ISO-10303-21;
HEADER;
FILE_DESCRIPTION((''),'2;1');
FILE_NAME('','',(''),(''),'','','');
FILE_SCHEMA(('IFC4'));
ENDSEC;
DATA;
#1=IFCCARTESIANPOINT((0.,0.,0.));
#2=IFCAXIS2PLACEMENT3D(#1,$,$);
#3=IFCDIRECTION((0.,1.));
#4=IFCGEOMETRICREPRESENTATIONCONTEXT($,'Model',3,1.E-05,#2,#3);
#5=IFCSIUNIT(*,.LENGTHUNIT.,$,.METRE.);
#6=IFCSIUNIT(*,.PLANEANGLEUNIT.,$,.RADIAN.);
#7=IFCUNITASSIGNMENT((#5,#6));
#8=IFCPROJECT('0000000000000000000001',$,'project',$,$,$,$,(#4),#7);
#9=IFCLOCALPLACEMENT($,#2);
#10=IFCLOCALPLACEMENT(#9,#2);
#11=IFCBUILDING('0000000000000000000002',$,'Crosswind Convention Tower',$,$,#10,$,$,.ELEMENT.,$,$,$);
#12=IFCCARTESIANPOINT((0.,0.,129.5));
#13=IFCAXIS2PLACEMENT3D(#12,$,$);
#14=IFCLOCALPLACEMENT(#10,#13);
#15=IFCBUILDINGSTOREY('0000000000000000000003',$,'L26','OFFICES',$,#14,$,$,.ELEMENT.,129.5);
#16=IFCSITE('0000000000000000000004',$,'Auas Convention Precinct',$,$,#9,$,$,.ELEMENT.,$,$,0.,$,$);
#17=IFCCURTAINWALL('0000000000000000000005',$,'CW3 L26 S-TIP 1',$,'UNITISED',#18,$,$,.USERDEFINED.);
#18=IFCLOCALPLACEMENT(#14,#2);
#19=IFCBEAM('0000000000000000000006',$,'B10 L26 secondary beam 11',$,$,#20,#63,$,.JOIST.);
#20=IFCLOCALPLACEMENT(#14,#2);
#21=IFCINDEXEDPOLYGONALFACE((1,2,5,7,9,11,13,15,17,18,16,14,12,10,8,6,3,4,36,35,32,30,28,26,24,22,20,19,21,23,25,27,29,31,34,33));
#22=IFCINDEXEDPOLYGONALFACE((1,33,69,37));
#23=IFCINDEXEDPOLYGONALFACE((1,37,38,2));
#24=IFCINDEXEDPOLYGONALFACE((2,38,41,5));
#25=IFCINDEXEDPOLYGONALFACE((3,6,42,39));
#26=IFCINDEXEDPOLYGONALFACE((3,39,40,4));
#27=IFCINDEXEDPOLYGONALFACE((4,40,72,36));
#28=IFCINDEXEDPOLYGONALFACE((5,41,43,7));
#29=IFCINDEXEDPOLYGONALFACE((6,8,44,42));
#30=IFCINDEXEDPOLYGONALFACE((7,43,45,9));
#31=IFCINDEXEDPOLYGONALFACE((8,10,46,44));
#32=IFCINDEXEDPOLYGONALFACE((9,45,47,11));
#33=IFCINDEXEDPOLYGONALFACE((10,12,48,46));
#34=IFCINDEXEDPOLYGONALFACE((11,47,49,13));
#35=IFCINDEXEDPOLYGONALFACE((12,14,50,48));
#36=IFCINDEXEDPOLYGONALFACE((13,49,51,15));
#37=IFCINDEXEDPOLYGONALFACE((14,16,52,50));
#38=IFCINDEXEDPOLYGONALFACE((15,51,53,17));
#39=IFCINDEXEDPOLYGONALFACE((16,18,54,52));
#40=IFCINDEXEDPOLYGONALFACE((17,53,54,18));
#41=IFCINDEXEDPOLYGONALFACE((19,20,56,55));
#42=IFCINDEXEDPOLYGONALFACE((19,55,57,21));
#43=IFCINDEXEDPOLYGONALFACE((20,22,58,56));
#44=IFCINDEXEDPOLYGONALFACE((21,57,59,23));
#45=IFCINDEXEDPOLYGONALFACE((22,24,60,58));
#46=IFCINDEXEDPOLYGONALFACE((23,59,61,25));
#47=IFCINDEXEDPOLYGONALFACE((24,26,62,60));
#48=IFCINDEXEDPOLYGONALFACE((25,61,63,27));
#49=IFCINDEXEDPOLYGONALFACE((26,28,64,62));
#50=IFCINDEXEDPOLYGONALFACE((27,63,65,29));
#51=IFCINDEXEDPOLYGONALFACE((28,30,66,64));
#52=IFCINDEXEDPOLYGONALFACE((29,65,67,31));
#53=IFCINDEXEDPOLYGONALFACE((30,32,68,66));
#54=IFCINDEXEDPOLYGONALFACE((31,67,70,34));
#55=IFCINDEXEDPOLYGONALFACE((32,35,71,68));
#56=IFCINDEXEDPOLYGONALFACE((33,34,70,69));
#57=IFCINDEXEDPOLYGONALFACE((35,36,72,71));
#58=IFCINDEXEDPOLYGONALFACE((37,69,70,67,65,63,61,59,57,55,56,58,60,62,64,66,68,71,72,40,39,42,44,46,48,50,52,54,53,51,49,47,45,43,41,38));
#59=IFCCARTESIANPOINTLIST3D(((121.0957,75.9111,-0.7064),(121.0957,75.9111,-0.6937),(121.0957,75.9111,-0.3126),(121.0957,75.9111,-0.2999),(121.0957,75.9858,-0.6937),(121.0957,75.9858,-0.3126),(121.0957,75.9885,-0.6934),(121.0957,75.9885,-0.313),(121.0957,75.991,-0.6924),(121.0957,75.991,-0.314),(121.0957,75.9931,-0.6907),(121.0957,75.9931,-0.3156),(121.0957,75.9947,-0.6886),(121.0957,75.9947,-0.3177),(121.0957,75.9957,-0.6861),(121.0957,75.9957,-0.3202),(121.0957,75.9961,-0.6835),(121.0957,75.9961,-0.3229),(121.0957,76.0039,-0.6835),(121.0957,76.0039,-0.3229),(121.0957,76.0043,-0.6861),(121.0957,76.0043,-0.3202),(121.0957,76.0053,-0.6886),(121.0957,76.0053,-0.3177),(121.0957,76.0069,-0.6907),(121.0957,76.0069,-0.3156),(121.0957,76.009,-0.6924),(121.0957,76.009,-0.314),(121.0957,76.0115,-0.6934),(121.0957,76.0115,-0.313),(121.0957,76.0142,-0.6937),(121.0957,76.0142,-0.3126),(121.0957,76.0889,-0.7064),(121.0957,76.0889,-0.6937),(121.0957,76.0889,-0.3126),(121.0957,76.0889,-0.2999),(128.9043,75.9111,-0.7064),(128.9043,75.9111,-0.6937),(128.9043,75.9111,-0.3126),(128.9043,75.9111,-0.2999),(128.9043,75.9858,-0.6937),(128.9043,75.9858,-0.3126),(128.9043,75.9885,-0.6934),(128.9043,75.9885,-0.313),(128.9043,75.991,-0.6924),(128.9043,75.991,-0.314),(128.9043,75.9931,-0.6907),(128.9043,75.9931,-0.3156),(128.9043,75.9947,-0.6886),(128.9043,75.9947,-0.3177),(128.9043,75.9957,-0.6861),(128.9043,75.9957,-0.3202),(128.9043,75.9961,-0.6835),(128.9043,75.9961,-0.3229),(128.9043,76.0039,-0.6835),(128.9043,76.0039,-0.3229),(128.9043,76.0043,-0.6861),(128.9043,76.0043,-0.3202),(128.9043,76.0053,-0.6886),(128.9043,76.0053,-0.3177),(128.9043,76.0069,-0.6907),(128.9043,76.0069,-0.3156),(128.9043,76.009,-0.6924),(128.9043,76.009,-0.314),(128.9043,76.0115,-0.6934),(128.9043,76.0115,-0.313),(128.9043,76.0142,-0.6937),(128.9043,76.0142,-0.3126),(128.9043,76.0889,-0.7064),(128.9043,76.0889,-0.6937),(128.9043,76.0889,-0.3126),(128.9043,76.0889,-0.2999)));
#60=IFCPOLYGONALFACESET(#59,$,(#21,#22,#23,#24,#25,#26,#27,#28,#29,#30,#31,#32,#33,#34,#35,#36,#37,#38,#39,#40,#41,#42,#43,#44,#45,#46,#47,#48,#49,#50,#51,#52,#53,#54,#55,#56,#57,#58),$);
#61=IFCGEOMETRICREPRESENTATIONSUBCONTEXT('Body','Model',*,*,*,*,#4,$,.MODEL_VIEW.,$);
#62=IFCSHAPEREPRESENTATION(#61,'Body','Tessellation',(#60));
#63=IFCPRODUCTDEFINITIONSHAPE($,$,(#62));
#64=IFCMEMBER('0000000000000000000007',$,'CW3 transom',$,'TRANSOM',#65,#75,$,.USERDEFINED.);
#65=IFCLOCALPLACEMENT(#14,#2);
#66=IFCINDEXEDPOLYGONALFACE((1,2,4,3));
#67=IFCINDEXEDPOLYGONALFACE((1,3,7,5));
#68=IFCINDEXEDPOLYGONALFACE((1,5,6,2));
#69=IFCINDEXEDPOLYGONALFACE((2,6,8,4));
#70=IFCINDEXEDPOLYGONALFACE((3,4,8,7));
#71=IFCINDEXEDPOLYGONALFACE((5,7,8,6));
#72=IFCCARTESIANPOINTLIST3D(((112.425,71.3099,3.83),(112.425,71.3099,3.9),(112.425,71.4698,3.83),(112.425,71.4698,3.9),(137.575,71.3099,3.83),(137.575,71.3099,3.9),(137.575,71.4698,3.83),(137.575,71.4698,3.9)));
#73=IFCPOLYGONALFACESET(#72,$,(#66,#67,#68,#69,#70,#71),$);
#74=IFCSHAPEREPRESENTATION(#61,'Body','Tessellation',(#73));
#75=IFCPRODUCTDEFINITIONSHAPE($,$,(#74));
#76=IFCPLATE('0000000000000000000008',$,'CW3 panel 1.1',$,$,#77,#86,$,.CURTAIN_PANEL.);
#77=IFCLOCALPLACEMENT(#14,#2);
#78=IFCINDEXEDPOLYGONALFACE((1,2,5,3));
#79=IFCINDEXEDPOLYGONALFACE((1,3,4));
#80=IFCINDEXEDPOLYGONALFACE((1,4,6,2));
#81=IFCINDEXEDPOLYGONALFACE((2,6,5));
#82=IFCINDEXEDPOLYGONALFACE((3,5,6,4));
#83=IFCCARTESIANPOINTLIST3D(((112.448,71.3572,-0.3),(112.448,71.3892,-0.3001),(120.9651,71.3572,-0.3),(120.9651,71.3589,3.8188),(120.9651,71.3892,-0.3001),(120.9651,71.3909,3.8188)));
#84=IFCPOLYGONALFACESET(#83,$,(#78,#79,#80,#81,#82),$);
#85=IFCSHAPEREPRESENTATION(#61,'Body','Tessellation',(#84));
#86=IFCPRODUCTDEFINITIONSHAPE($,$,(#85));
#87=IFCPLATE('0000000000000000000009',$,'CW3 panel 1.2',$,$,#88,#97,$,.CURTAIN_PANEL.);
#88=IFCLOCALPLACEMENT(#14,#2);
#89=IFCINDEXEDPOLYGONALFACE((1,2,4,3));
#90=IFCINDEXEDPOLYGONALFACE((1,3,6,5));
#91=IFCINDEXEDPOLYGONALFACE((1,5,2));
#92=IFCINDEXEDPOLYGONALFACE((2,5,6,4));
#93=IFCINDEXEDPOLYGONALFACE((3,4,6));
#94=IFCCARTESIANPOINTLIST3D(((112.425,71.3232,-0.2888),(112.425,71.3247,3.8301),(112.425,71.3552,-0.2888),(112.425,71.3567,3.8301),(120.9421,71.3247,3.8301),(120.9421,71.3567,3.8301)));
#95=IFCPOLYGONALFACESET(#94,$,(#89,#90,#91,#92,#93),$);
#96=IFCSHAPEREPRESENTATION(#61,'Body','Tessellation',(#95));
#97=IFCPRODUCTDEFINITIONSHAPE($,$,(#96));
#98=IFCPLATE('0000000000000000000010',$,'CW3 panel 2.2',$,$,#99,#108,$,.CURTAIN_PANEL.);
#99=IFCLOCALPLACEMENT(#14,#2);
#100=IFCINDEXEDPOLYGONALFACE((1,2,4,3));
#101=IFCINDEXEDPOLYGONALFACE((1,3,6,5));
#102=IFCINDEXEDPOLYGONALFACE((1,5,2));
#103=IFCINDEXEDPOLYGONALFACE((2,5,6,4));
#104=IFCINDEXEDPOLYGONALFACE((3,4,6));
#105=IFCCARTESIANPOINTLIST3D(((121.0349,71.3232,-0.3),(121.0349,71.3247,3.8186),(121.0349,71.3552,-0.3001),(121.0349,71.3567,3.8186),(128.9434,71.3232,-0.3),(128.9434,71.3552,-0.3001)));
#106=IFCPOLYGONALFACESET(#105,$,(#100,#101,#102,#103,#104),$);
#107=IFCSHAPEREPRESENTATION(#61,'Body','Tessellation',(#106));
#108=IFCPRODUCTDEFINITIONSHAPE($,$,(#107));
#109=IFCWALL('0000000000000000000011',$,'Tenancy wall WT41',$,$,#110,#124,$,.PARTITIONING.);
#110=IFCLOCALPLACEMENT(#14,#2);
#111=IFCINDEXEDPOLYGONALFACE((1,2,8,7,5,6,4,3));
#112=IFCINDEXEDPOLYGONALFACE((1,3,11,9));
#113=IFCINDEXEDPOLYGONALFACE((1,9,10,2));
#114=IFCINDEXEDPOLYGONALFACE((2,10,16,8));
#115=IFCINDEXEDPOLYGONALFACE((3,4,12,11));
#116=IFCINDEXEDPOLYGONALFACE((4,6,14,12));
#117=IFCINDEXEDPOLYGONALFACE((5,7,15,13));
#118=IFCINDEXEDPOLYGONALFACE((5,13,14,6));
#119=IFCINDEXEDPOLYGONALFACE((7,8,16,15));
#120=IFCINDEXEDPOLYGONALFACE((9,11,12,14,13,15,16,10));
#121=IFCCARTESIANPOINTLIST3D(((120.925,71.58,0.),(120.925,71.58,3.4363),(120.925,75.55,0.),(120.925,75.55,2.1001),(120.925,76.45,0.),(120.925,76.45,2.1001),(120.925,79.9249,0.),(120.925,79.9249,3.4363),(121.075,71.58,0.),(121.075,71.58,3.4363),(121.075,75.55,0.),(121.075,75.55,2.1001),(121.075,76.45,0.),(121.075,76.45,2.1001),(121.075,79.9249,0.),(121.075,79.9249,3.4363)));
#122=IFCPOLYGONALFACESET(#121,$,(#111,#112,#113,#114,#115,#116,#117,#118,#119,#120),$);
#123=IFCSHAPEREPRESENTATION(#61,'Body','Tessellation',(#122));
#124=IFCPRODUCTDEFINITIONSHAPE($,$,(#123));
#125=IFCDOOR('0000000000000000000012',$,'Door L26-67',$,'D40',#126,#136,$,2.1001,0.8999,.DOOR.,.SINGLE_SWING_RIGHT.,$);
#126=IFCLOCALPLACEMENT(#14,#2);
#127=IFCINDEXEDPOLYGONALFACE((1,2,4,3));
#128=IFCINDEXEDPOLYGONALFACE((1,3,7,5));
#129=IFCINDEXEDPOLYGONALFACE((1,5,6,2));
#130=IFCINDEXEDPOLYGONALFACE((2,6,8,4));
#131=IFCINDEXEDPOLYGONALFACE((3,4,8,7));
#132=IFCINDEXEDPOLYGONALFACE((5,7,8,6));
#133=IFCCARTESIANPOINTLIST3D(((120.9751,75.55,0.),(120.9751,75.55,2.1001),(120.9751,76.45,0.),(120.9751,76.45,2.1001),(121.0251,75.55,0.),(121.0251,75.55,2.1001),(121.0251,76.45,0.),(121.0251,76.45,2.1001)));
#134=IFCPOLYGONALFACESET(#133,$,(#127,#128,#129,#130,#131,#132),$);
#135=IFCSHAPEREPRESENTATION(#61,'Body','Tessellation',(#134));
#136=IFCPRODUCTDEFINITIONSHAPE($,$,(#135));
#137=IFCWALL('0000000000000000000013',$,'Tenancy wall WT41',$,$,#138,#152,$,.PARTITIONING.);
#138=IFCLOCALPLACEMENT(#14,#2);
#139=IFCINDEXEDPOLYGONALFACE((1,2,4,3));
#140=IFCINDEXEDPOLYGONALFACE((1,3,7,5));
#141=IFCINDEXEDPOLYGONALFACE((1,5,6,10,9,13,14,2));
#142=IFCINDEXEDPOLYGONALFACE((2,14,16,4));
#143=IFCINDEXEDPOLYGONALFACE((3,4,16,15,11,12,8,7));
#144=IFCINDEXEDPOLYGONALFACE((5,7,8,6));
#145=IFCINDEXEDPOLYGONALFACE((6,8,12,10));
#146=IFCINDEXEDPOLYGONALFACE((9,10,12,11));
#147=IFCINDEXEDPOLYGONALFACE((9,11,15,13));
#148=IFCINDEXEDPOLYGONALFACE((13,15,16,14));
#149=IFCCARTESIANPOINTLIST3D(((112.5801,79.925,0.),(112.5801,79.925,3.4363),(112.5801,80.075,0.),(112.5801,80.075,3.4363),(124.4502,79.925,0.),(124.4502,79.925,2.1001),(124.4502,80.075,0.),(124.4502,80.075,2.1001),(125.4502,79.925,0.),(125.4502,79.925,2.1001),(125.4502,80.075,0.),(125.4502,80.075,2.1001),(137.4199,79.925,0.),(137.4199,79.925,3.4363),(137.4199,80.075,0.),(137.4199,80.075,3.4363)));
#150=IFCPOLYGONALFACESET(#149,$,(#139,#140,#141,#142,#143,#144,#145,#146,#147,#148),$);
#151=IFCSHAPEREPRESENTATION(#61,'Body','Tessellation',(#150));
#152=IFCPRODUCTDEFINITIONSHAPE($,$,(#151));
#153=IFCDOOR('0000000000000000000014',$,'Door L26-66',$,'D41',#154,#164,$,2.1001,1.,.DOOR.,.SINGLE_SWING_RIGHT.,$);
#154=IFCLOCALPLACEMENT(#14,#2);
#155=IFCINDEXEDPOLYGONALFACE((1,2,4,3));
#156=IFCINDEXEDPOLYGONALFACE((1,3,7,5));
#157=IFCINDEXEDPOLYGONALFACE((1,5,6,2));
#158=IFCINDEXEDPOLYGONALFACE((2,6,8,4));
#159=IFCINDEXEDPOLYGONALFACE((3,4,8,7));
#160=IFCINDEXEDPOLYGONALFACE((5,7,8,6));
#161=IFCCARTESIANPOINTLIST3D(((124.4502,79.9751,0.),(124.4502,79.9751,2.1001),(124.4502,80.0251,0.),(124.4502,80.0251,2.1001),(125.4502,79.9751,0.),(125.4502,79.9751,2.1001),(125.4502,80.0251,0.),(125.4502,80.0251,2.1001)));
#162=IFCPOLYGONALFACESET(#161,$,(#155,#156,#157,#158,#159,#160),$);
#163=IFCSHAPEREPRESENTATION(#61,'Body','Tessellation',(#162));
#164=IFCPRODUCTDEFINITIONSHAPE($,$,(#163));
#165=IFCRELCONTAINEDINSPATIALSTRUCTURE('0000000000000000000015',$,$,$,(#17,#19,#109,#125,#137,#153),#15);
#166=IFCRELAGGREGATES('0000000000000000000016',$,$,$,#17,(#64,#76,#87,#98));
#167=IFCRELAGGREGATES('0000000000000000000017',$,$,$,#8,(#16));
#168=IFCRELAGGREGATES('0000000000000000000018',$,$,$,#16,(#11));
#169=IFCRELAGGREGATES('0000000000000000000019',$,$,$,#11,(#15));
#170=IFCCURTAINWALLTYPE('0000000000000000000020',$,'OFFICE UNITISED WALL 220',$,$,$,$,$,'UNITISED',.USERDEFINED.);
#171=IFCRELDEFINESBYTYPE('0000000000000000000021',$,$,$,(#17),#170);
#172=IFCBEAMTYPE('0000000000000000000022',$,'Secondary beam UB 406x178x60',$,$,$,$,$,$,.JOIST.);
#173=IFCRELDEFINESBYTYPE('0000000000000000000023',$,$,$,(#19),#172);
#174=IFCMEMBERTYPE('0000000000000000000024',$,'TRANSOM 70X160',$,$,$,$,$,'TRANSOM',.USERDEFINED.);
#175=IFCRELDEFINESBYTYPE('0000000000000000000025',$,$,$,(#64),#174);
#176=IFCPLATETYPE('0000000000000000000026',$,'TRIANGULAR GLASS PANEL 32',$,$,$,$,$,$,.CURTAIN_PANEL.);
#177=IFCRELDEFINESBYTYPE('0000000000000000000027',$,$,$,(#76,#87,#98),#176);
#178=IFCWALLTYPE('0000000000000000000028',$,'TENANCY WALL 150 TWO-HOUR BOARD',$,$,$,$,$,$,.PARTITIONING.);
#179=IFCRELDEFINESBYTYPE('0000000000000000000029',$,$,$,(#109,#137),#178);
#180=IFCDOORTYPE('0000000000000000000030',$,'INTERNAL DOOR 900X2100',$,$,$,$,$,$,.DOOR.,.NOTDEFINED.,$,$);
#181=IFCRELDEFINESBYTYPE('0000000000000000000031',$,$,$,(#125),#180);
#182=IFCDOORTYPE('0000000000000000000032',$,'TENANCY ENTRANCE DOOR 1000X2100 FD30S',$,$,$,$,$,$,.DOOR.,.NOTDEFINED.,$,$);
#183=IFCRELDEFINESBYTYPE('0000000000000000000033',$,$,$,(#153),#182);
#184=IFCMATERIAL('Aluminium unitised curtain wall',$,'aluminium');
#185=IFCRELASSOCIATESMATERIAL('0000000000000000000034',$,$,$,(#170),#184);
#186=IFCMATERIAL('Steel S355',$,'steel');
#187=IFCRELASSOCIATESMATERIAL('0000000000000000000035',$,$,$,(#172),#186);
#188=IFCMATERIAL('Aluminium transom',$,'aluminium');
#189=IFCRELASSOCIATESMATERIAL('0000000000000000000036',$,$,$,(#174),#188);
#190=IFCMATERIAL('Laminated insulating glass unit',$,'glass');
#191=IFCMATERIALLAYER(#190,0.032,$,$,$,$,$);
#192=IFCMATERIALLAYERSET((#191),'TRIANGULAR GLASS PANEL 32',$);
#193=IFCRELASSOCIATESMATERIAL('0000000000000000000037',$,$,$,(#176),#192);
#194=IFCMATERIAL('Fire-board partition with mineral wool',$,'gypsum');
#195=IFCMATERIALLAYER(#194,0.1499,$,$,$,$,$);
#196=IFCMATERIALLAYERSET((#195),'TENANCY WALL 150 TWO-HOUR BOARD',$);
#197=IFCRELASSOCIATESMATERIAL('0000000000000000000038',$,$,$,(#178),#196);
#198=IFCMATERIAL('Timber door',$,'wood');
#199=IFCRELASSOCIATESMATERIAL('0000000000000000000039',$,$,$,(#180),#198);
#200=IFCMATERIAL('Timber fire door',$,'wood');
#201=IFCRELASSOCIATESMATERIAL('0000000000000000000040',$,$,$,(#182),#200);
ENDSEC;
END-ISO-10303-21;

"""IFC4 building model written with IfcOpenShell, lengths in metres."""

from ifc_helpers import new_model, si_unit, direction, frame, frame_2d, origin, origin_2d, place, context, subcontext, project, spatial, polyline, rectangle, i_section, outline, extrude, material, layer, layer_set, material_profile, profile_set, type_object, element, fill, aggregate, save


model = new_model("IFC4")

# Units and contexts
model_context = context("Model", 3, precision=1e-05, world=origin(), true_north=direction((0.0, 1.0)))
body_context = subcontext(model_context, "Body", "Model", "MODEL_VIEW")
ifc_project = project(units=[si_unit("LENGTHUNIT", "METRE"), si_unit("PLANEANGLEUNIT", "RADIAN")], contexts=[model_context])

# Site, building, storey
site_placement = place(None, origin())
site = spatial("IfcSite", under=ifc_project, at=site_placement, Name="Auas Convention Precinct", CompositionType="ELEMENT", RefElevation=0.0)
building_placement = place(site_placement, origin())
building = spatial("IfcBuilding", under=site, at=building_placement, Name="Crosswind Convention Tower", CompositionType="ELEMENT")
storey_placement = place(building_placement, frame((0.0, 0.0, 129.5)))
storey = spatial("IfcBuildingStorey", under=building, at=storey_placement, Name="L26", Description="OFFICES", CompositionType="ELEMENT", Elevation=129.5)

# Shared definitions
ifc_material_1 = material(Name="Steel S355", Category="steel")

# Curtain wall
ifc_material_2 = material(Name="Aluminium unitised curtain wall", Category="aluminium")
curtain_wall_type_1 = type_object("IfcCurtainWallType", Name="OFFICE UNITISED WALL 220", ElementType="UNITISED", PredefinedType="USERDEFINED", material=ifc_material_2)
curtain_wall_1_placement = place(storey_placement, origin())
curtain_wall_1 = element("IfcCurtainWall", 1, at=curtain_wall_1_placement, inside=storey, type_object=curtain_wall_type_1, Name="CW3 L26 S-TIP 1", ObjectType="UNITISED", PredefinedType="USERDEFINED")

# Beam
ifc_material_profile_1 = material_profile(ifc_material_1, i_section(OverallWidth=0.1777, OverallDepth=0.4065, WebThickness=0.0078, FlangeThickness=0.0127, FilletRadius=0.0103, at=origin_2d()), Name="UB 406x178x60")
ifc_profile_set_1 = profile_set([ifc_material_profile_1], Name="Steel S355")
beam_type_1 = type_object("IfcBeamType", Name="Secondary beam UB 406x178x60", PredefinedType="JOIST", material=ifc_profile_set_1)
beam_1_placement = place(storey_placement, frame((121.0957, 76.0, -0.5032), z_axis=(1.0, 0.0, 0.0), x_axis=(0.0, 1.0, 0.0)))
element("IfcBeam", 2, at=beam_1_placement, inside=storey, type_object=beam_type_1, Name="B10 L26 secondary beam 11", PredefinedType="JOIST", context=body_context, shape_type="SweptSolid", body=[
    extrude(i_section(OverallWidth=0.1777, OverallDepth=0.4065, WebThickness=0.0078, FlangeThickness=0.0127, FilletRadius=0.0103, at=origin_2d()), origin(), (0.0, 0.0, 1.0), 7.8086),
])

# Member
ifc_material_3 = material(Name="Aluminium transom", Category="aluminium")
ifc_material_profile_2 = material_profile(ifc_material_3, rectangle(XDim=0.1599, YDim=0.0701, at=origin_2d()), Name="AL 160X70")
ifc_profile_set_2 = profile_set([ifc_material_profile_2], Name="Aluminium transom")
member_type_1 = type_object("IfcMemberType", Name="TRANSOM 70X160", ElementType="TRANSOM", PredefinedType="USERDEFINED", material=ifc_profile_set_2)
member_1_placement = place(storey_placement, frame((112.425, 71.3899, 3.865), z_axis=(1.0, 0.0, 0.0), x_axis=(0.0, 1.0, 0.0)))
member_1 = element("IfcMember", 3, at=member_1_placement, type_object=member_type_1, Name="CW3 transom", ObjectType="TRANSOM", PredefinedType="USERDEFINED", context=body_context, shape_type="SweptSolid", body=[
    extrude(rectangle(XDim=0.1599, YDim=0.0701, at=origin_2d()), origin(), (0.0, 0.0, 1.0), 25.1499),
])

# Plates
ifc_material_4 = material(Name="Laminated insulating glass unit", Category="glass")
ifc_layer_1 = layer(ifc_material_4, 0.032)
ifc_layer_set_1 = layer_set([ifc_layer_1], Name="TRIANGULAR GLASS PANEL 32")
plate_type = type_object("IfcPlateType", Name="TRIANGULAR GLASS PANEL 32", PredefinedType="CURTAIN_PANEL", material=ifc_layer_set_1)
plate_1_placement = place(storey_placement, frame((120.9651, 71.3572, -0.3), z_axis=(0.0, -1.0, 0.000415), x_axis=(0.0, 0.000415, 1.0)))
plate_1 = element("IfcPlate", 4, at=plate_1_placement, type_object=plate_type, Name="CW3 panel 1.1", PredefinedType="CURTAIN_PANEL", context=body_context, shape_type="SweptSolid", body=[
    extrude(outline(polyline([(0.0, 0.0), (4.1189, 0.0), (0.0, 8.5171), (0.0, 0.0)])), origin(), (0.0, 0.0, -1.0), 0.032),
])
plate_2_placement = place(storey_placement, frame((112.425, 71.3247, 3.8301), z_axis=(0.0, -1.0, 0.000356), x_axis=(0.0, -0.000356, -1.0)))
plate_2 = element("IfcPlate", 5, at=plate_2_placement, type_object=plate_type, Name="CW3 panel 1.2", PredefinedType="CURTAIN_PANEL", context=body_context, shape_type="SweptSolid", body=[
    extrude(outline(polyline([(0.0, 0.0), (4.1189, 0.0), (0.0, 8.5171), (0.0, 0.0)])), origin(), (0.0, 0.0, -1.0), 0.032),
])
plate_3_placement = place(storey_placement, frame((121.0349, 71.3232, -0.3), z_axis=(0.0, -1.0, 0.000356), x_axis=(1.0, 0.0, 0.0)))
plate_3 = element("IfcPlate", 6, at=plate_3_placement, type_object=plate_type, Name="CW3 panel 2.2", PredefinedType="CURTAIN_PANEL", context=body_context, shape_type="SweptSolid", body=[
    extrude(outline(polyline([(0.0, 0.0), (7.9084, 0.0), (0.0, 4.1187), (0.0, 0.0)])), origin(), (0.0, 0.0, -1.0), 0.032),
])

# Walls, openings, doors
ifc_material_5 = material(Name="Fire-board partition with mineral wool", Category="gypsum")
ifc_layer_2 = layer(ifc_material_5, 0.1499)
ifc_layer_set_2 = layer_set([ifc_layer_2], Name="TENANCY WALL 150 TWO-HOUR BOARD")
wall_type = type_object("IfcWallType", Name="TENANCY WALL 150 TWO-HOUR BOARD", PredefinedType="PARTITIONING", material=ifc_layer_set_2)
wall_1_placement = place(storey_placement, frame((121.0, 71.5801, 0.0), z_axis=(0.0, 0.0, 1.0), x_axis=(0.0, 1.0, 0.0)))
wall_1 = element("IfcWall", 7, at=wall_1_placement, inside=storey, type_object=wall_type, Name="Tenancy wall WT41", PredefinedType="PARTITIONING", context=body_context, shape_type="SweptSolid", body=[
    extrude(rectangle(XDim=8.345, YDim=0.1499, at=frame_2d((4.1724, 0.0))), origin(), (0.0, 0.0, 1.0), 3.4363),
])
opening_1_placement = place(wall_1_placement, frame((3.97, 0.0, 0.0)))
opening_1 = element("IfcOpeningElement", 8, at=opening_1_placement, cuts=wall_1, PredefinedType="OPENING", context=body_context, shape_type="SweptSolid", body=[
    extrude(rectangle(XDim=0.8999, YDim=2.1001, at=frame_2d((0.45, 1.05))), frame((0.0, 0.085, 0.0), z_axis=(0.0, -1.0, 0.0), x_axis=(1.0, 0.0, 0.0)), (0.0, 0.0, 1.0), 0.1699),
])
ifc_material_6 = material(Name="Timber door", Category="wood")
door_type_1 = type_object("IfcDoorType", Name="INTERNAL DOOR 900X2100", OperationType="NOTDEFINED", PredefinedType="DOOR", material=ifc_material_6)
door_1_placement = place(opening_1_placement, origin())
door_1 = element("IfcDoor", 9, at=door_1_placement, inside=storey, type_object=door_type_1, Name="Door L26-67", ObjectType="D40", OperationType="SINGLE_SWING_RIGHT", OverallHeight=2.1001, OverallWidth=0.8999, PredefinedType="DOOR", context=body_context, shape_type="SweptSolid", body=[
    extrude(rectangle(XDim=0.8999, YDim=2.1001, at=frame_2d((0.45, 1.05))), frame((0.0, 0.0249, 0.0), z_axis=(0.0, -1.0, 0.0), x_axis=(1.0, 0.0, 0.0)), (0.0, 0.0, 1.0), 0.05),
])
fill(opening_1, door_1)
wall_2_placement = place(storey_placement, frame((112.5801, 80.0, 0.0), z_axis=(0.0, 0.0, 1.0), x_axis=(1.0, 0.0, 0.0)))
wall_2 = element("IfcWall", 10, at=wall_2_placement, inside=storey, type_object=wall_type, Name="Tenancy wall WT41", PredefinedType="PARTITIONING", context=body_context, shape_type="SweptSolid", body=[
    extrude(rectangle(XDim=24.8398, YDim=0.1499, at=frame_2d((12.4199, 0.0))), origin(), (0.0, 0.0, 1.0), 3.4363),
])
opening_2_placement = place(wall_2_placement, frame((11.8701, 0.0, 0.0)))
opening_2 = element("IfcOpeningElement", 11, at=opening_2_placement, cuts=wall_2, PredefinedType="OPENING", context=body_context, shape_type="SweptSolid", body=[
    extrude(rectangle(XDim=1.0, YDim=2.1001, at=frame_2d((0.5, 1.05))), frame((0.0, 0.085, 0.0), z_axis=(0.0, -1.0, 0.0), x_axis=(1.0, 0.0, 0.0)), (0.0, 0.0, 1.0), 0.1699),
])
ifc_material_7 = material(Name="Timber fire door", Category="wood")
door_type_2 = type_object("IfcDoorType", Name="TENANCY ENTRANCE DOOR 1000X2100 FD30S", OperationType="NOTDEFINED", PredefinedType="DOOR", material=ifc_material_7)
door_2_placement = place(opening_2_placement, frame((1.0, 0.0, 0.0), z_axis=(0.0, 0.0, 1.0), x_axis=(-1.0, 0.0, 0.0)))
door_2 = element("IfcDoor", 12, at=door_2_placement, inside=storey, type_object=door_type_2, Name="Door L26-66", ObjectType="D41", OperationType="SINGLE_SWING_RIGHT", OverallHeight=2.1001, OverallWidth=1.0, PredefinedType="DOOR", context=body_context, shape_type="SweptSolid", body=[
    extrude(rectangle(XDim=1.0, YDim=2.1001, at=frame_2d((0.5, 1.05))), frame((0.0, 0.0249, 0.0), z_axis=(0.0, -1.0, 0.0), x_axis=(1.0, 0.0, 0.0)), (0.0, 0.0, 1.0), 0.05),
])
fill(opening_2, door_2)

aggregate(curtain_wall_1, [member_1, plate_1, plate_2, plate_3])

save(model, "model.ifc")
